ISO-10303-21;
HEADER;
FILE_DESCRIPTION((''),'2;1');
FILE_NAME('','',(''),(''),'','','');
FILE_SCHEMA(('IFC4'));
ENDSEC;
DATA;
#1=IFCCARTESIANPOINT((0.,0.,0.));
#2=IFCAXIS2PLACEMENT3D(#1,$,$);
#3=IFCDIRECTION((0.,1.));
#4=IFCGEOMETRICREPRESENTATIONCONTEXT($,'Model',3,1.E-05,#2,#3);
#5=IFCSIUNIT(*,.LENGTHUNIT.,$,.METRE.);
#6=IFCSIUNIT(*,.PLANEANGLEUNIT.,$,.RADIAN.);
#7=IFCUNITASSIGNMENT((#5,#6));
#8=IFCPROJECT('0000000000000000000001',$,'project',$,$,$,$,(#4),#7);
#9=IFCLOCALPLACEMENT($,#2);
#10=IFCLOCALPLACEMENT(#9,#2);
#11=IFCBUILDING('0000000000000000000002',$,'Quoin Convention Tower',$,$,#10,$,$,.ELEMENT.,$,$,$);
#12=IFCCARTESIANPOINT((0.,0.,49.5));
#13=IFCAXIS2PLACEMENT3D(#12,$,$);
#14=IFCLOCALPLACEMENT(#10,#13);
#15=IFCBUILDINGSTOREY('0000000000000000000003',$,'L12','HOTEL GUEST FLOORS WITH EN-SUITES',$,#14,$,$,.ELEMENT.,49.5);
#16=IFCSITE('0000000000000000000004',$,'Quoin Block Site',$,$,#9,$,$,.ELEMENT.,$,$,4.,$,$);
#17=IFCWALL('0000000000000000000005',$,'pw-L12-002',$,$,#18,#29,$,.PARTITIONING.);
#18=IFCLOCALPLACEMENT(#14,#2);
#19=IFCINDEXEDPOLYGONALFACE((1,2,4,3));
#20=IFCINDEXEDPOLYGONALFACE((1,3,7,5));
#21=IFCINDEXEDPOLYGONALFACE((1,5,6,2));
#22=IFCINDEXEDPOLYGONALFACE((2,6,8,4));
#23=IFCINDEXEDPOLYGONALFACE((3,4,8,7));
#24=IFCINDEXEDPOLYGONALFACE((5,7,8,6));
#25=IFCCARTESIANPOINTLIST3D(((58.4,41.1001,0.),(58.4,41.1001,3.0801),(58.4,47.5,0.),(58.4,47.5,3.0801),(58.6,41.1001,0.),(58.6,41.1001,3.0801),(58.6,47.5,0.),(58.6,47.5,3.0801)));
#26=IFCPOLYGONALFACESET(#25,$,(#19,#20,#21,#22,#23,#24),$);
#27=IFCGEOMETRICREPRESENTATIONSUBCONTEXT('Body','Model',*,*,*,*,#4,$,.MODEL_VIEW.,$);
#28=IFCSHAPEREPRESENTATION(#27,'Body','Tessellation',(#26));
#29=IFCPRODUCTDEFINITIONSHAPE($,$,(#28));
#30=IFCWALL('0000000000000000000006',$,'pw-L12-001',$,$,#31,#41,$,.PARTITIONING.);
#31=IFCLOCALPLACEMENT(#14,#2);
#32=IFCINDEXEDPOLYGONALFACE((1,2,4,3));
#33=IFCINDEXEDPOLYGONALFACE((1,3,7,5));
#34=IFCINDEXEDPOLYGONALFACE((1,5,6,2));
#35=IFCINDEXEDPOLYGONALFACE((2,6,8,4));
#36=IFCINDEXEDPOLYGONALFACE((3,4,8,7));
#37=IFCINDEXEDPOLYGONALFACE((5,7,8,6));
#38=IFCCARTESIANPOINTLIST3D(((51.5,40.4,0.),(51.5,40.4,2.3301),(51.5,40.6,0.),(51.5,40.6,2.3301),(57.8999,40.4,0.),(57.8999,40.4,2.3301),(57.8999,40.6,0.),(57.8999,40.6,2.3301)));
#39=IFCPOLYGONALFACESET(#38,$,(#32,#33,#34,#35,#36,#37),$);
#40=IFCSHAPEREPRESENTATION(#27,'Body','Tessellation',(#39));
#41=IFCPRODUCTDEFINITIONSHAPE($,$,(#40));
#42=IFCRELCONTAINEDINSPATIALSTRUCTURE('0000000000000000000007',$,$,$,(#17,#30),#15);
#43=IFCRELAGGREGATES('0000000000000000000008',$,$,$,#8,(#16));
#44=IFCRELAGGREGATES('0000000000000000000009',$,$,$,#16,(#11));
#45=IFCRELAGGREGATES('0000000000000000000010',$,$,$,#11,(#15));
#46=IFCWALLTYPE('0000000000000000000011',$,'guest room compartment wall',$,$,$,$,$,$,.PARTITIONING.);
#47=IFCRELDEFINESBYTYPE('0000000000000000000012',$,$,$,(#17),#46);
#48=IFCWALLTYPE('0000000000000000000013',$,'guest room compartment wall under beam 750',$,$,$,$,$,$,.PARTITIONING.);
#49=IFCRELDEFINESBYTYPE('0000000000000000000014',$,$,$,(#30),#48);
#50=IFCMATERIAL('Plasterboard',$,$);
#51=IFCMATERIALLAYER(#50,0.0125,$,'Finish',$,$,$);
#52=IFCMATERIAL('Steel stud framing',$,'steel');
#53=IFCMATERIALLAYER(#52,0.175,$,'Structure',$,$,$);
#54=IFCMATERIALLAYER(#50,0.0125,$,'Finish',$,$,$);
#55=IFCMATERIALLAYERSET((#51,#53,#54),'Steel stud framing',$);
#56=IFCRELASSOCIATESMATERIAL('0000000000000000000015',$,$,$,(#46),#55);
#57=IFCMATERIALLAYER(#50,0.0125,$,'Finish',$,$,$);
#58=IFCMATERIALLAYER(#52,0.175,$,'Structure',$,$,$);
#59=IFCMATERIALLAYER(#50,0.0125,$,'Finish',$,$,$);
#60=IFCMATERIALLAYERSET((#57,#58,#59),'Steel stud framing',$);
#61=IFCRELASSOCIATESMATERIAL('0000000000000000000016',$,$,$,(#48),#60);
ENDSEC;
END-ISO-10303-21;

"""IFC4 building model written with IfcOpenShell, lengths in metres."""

from ifc_helpers import new_model, si_unit, direction, frame, frame_2d, origin, place, context, subcontext, project, spatial, rectangle, extrude, material, layer, layer_set, type_object, element, save


model = new_model("IFC4")

# Units and contexts
model_context = context("Model", 3, precision=1e-05, world=origin(), true_north=direction((0.0, 1.0)))
body_context = subcontext(model_context, "Body", "Model", "MODEL_VIEW")
ifc_project = project(units=[si_unit("LENGTHUNIT", "METRE"), si_unit("PLANEANGLEUNIT", "RADIAN")], contexts=[model_context])

# Site, building, storey
site_placement = place(None, origin())
site = spatial("IfcSite", under=ifc_project, at=site_placement, Name="Quoin Block Site", CompositionType="ELEMENT", RefElevation=4.0)
building_placement = place(site_placement, origin())
building = spatial("IfcBuilding", under=site, at=building_placement, Name="Quoin Convention Tower", CompositionType="ELEMENT")
storey_placement = place(building_placement, frame((0.0, 0.0, 49.5)))
storey = spatial("IfcBuildingStorey", under=building, at=storey_placement, Name="L12", Description="HOTEL GUEST FLOORS WITH EN-SUITES", CompositionType="ELEMENT", Elevation=49.5)

# Walls
ifc_material_1 = material(Name="Plasterboard")
ifc_layer_1 = layer(ifc_material_1, 0.0125, Name="Finish")
ifc_material_2 = material(Name="Steel stud framing", Category="steel")
ifc_layer_2 = layer(ifc_material_2, 0.175, Name="Structure")
ifc_layer_3 = layer(ifc_material_1, 0.0125, Name="Finish")
ifc_layer_set_1 = layer_set([ifc_layer_1, ifc_layer_2, ifc_layer_3], Name="Steel stud framing")
wall_type_1 = type_object("IfcWallType", Name="guest room compartment wall", PredefinedType="PARTITIONING", material=ifc_layer_set_1)
wall_1_placement = place(storey_placement, frame((58.5, 41.1001, 0.0), z_axis=(0.0, 0.0, 1.0), x_axis=(0.0, 1.0, 0.0)))
element("IfcWall", 1, at=wall_1_placement, inside=storey, type_object=wall_type_1, Name="pw-L12-002", PredefinedType="PARTITIONING", context=body_context, shape_type="SweptSolid", body=[
    extrude(rectangle(XDim=6.3999, YDim=0.2, at=frame_2d((3.2, 0.0))), origin(), (0.0, 0.0, 1.0), 3.0801),
])
ifc_layer_4 = layer(ifc_material_1, 0.0125, Name="Finish")
ifc_layer_5 = layer(ifc_material_2, 0.175, Name="Structure")
ifc_layer_6 = layer(ifc_material_1, 0.0125, Name="Finish")
ifc_layer_set_2 = layer_set([ifc_layer_4, ifc_layer_5, ifc_layer_6], Name="Steel stud framing")
wall_type_2 = type_object("IfcWallType", Name="guest room compartment wall under beam 750", PredefinedType="PARTITIONING", material=ifc_layer_set_2)
wall_2_placement = place(storey_placement, frame((51.5, 40.5, 0.0), z_axis=(0.0, 0.0, 1.0), x_axis=(1.0, 0.0, 0.0)))
element("IfcWall", 2, at=wall_2_placement, inside=storey, type_object=wall_type_2, Name="pw-L12-001", PredefinedType="PARTITIONING", context=body_context, shape_type="SweptSolid", body=[
    extrude(rectangle(XDim=6.3999, YDim=0.2, at=frame_2d((3.2, 0.0))), origin(), (0.0, 0.0, 1.0), 2.3301),
])

save(model, "model.ifc")
